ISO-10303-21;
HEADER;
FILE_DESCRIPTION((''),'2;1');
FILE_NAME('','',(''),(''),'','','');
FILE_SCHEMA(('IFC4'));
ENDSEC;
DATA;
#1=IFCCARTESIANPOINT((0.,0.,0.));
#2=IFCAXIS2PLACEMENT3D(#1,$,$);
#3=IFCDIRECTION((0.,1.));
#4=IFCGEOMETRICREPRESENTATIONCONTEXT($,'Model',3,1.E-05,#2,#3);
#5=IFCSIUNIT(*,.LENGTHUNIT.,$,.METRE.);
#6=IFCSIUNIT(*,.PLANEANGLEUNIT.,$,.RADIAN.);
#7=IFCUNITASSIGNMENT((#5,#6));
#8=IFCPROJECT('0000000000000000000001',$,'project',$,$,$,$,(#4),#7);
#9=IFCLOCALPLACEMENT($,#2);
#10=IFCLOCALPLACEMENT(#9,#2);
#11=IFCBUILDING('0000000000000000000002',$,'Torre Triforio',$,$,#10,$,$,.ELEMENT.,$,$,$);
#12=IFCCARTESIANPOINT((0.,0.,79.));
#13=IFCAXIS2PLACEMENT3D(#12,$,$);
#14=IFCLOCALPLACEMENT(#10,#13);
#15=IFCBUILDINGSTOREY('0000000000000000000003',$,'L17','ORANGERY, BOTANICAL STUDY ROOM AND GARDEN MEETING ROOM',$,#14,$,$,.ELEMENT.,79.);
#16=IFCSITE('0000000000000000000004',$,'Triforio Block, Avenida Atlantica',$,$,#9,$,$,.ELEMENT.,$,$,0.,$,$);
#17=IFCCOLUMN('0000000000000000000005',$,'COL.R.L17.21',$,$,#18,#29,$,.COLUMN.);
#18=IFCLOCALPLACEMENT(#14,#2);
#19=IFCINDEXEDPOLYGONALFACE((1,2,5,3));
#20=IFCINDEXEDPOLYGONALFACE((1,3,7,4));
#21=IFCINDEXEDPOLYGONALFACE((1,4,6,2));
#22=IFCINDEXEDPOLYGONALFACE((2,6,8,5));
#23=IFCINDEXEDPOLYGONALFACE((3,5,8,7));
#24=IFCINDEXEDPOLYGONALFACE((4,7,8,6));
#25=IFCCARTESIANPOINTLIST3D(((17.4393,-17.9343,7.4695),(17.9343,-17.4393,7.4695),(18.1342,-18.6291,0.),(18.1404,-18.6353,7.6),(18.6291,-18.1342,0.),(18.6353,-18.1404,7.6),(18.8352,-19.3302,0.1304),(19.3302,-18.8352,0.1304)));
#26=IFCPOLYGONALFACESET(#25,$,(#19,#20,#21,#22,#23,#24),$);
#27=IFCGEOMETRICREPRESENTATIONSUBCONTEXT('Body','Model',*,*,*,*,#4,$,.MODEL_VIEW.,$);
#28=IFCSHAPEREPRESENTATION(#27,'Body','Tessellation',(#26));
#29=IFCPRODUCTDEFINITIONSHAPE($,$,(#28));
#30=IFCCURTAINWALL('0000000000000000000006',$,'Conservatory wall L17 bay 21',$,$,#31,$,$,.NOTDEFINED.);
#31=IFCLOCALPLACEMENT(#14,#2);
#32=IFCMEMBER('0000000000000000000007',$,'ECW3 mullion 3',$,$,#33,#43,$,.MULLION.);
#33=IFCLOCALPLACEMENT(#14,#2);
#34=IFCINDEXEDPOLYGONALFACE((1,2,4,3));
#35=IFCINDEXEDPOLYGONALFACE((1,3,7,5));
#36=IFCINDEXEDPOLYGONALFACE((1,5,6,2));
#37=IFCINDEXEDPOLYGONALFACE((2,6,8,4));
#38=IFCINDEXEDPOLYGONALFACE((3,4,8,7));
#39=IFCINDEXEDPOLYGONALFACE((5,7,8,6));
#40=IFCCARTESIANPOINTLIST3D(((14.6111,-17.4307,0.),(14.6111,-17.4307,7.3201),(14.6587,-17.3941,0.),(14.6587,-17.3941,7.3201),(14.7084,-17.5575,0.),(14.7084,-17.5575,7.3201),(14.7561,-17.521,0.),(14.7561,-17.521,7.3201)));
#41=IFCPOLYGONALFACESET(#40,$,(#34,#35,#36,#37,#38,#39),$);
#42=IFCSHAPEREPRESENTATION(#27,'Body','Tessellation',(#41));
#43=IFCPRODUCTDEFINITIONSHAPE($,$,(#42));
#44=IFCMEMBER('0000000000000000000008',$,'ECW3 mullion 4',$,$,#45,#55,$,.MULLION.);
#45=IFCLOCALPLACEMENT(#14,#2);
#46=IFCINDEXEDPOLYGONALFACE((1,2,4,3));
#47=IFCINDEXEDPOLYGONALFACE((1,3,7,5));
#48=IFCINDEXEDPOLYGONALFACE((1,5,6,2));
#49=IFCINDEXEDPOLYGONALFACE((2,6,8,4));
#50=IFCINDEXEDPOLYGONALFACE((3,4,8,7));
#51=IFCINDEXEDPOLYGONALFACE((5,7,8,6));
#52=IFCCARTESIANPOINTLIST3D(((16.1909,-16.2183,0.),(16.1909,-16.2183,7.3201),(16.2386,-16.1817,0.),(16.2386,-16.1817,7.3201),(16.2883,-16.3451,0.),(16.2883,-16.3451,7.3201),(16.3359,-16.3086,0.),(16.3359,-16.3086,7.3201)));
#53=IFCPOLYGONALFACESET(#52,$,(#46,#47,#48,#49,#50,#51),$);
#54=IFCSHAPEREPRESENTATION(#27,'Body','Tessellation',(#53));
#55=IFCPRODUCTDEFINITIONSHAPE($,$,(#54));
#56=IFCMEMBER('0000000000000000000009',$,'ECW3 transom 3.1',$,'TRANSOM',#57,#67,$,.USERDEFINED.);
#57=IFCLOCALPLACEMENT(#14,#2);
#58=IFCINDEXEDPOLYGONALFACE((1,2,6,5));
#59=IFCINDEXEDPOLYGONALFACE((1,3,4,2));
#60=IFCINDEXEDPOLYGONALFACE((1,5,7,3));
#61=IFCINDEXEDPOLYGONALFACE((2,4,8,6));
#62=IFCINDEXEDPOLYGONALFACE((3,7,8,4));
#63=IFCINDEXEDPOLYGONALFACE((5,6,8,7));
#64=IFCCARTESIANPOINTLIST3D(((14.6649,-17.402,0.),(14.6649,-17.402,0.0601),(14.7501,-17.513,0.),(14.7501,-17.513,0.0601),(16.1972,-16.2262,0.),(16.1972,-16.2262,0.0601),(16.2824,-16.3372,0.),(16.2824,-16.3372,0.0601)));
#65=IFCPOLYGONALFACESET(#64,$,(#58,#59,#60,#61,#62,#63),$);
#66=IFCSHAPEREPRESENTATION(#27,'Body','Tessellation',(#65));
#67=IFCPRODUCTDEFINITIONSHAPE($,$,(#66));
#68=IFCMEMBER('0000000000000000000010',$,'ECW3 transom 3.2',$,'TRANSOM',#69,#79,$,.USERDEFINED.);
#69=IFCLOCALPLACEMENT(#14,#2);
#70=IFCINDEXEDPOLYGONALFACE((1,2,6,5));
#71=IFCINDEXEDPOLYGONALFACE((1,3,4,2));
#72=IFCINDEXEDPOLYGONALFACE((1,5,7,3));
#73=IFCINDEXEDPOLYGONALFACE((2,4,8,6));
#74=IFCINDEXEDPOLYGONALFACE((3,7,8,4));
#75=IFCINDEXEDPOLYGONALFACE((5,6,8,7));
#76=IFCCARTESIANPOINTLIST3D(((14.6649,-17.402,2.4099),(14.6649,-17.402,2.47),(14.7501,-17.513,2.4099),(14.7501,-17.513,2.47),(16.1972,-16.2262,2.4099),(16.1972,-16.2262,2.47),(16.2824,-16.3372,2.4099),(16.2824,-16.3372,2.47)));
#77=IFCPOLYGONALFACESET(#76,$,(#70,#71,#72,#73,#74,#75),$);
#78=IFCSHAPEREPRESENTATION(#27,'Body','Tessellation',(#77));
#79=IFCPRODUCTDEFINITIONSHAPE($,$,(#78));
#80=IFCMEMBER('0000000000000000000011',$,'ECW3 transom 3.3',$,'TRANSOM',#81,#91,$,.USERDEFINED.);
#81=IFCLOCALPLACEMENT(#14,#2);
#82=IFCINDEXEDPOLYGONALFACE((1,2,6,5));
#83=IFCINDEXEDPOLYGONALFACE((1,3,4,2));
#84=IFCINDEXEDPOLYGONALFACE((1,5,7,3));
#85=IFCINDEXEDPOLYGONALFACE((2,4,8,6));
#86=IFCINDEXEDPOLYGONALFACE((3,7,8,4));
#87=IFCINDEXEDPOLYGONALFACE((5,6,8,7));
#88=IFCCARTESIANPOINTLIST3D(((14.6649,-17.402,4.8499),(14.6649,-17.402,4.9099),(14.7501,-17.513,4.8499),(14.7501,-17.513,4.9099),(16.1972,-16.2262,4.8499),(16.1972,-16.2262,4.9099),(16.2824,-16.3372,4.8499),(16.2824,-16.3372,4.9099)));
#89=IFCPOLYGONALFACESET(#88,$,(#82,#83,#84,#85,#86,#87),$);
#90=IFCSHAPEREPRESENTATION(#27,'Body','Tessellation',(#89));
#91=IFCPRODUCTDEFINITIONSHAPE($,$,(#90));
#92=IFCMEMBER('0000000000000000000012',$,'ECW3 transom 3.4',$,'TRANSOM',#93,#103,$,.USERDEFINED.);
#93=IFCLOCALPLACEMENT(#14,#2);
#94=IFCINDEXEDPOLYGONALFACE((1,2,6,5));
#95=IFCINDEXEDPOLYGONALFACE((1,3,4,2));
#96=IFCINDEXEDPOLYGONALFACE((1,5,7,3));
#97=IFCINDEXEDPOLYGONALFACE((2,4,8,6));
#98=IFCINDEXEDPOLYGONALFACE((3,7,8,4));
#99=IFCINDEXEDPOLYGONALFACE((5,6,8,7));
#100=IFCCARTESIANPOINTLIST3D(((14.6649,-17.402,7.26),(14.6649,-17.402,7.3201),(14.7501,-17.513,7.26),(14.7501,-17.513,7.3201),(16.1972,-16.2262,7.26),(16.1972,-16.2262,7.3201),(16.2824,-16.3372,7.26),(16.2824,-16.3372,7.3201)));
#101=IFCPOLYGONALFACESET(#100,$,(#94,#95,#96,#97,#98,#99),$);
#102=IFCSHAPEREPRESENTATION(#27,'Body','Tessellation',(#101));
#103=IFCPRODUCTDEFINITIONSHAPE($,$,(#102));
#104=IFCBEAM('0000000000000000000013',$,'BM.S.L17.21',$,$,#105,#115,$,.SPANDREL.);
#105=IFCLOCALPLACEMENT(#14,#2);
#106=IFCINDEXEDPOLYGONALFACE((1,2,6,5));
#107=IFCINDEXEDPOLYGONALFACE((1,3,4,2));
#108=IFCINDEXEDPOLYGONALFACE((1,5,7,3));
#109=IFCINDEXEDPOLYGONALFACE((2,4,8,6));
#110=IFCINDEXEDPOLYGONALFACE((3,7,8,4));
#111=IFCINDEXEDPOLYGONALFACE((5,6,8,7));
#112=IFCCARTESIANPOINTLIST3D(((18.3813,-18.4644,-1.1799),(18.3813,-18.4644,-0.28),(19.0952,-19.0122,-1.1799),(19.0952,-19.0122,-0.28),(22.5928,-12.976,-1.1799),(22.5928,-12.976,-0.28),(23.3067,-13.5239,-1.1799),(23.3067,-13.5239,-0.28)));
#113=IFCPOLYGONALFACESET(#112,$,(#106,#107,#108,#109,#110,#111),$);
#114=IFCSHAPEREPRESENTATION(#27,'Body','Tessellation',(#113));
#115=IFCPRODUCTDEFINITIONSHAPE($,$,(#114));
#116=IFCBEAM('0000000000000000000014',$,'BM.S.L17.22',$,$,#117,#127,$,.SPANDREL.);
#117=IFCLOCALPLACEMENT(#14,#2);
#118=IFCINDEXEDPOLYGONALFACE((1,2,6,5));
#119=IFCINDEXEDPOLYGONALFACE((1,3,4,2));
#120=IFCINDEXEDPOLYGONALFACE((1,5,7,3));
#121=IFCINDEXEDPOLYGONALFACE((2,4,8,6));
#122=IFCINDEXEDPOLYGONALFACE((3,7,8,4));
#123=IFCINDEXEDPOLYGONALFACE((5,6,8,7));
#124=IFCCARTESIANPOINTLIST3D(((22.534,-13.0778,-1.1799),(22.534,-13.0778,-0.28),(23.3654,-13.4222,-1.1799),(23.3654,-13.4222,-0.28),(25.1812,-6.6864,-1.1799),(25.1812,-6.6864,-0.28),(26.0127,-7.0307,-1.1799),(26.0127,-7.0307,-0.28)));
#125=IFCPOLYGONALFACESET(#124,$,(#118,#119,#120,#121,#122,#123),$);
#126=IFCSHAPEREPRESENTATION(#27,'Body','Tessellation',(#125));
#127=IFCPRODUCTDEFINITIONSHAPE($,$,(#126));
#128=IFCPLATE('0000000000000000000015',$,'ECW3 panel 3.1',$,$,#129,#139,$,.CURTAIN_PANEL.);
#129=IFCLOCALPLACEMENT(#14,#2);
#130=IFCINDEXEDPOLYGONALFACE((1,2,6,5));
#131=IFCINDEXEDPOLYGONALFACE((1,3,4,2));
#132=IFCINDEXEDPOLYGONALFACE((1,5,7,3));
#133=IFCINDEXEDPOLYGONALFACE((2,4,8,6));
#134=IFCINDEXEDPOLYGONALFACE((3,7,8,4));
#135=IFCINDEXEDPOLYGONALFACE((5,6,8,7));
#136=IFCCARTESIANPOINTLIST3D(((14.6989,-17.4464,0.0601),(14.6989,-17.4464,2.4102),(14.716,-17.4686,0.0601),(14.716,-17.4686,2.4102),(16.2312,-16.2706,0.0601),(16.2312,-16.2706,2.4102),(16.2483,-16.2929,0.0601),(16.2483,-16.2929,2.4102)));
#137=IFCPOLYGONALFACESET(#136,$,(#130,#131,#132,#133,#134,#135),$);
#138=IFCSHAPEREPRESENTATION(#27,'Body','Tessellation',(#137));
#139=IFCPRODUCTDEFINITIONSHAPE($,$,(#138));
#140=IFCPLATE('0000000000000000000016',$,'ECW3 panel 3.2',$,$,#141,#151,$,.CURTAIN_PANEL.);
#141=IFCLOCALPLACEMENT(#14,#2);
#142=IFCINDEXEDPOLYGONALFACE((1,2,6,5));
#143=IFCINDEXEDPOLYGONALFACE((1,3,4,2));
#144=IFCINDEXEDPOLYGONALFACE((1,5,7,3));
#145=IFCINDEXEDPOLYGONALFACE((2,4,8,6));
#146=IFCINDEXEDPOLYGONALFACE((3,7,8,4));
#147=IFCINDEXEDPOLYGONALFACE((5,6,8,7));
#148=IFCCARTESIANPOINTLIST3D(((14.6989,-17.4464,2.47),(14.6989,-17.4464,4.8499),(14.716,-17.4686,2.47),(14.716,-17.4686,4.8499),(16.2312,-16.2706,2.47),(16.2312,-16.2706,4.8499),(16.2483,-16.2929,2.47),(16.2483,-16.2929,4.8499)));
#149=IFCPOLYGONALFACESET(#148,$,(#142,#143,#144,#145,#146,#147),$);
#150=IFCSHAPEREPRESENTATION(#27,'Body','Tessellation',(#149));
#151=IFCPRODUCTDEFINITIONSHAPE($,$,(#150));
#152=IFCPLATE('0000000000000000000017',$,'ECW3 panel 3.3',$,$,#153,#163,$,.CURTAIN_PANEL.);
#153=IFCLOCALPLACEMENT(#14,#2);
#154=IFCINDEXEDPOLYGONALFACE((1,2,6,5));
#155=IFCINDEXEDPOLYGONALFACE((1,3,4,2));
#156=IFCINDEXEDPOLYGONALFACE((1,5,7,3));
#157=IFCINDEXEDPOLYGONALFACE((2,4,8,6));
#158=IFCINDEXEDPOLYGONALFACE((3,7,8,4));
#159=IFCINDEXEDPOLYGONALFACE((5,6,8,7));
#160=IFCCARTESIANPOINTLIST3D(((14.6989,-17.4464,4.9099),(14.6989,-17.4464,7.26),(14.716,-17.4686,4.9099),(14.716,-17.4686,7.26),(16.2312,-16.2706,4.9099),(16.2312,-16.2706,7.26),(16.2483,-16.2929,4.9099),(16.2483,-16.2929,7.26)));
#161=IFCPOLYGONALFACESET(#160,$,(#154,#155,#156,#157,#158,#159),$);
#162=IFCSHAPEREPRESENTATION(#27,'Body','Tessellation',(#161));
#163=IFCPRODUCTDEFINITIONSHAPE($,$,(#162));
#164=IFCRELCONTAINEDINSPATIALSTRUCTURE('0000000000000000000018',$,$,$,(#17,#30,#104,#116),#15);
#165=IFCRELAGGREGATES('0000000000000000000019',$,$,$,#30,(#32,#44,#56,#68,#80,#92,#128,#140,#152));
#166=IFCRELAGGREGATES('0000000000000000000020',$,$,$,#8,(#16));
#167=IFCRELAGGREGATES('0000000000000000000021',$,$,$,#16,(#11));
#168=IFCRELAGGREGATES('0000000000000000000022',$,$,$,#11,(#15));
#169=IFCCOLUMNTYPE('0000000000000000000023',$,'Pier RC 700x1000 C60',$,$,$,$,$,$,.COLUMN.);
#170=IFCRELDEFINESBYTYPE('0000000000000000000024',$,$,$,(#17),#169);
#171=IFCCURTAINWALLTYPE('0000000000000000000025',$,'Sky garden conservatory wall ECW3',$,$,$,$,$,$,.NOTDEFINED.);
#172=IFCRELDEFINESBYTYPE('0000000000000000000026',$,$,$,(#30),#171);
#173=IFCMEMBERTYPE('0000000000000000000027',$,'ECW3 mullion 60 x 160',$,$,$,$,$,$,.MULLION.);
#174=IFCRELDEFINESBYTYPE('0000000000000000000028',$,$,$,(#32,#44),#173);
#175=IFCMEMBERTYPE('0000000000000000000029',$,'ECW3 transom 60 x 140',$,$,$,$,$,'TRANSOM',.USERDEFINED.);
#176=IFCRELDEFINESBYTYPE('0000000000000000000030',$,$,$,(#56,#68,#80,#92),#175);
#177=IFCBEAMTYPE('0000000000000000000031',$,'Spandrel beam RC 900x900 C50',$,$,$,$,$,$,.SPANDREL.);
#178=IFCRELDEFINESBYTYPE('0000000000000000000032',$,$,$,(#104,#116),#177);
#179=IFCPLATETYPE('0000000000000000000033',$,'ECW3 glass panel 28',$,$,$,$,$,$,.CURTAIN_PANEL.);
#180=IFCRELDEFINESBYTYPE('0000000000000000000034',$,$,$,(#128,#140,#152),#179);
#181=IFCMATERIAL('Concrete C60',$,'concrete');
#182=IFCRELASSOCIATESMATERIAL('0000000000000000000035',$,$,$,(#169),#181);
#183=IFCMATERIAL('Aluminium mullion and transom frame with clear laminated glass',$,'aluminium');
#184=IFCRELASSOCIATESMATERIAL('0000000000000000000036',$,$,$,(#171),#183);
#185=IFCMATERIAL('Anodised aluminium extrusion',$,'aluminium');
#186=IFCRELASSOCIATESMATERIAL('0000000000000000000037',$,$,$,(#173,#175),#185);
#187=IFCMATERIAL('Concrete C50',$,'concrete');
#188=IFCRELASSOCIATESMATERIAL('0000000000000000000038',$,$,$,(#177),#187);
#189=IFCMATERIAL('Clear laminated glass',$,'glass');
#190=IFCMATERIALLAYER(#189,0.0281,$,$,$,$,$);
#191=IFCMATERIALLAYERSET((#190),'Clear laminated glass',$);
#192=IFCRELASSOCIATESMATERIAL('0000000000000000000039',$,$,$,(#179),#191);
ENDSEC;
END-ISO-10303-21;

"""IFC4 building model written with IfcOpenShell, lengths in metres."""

from ifc_helpers import new_model, si_unit, direction, frame, origin, origin_2d, place, context, subcontext, project, spatial, rectangle, extrude, material, layer, layer_set, material_profile, profile_set, type_object, element, aggregate, save


model = new_model("IFC4")

# Units and contexts
model_context = context("Model", 3, precision=1e-05, world=origin(), true_north=direction((0.0, 1.0)))
body_context = subcontext(model_context, "Body", "Model", "MODEL_VIEW")
ifc_project = project(units=[si_unit("LENGTHUNIT", "METRE"), si_unit("PLANEANGLEUNIT", "RADIAN")], contexts=[model_context])

# Site, building, storey
site_placement = place(None, origin())
site = spatial("IfcSite", under=ifc_project, at=site_placement, Name="Triforio Block, Avenida Atlantica", CompositionType="ELEMENT", RefElevation=0.0)
building_placement = place(site_placement, origin())
building = spatial("IfcBuilding", under=site, at=building_placement, Name="Torre Triforio", CompositionType="ELEMENT")
storey_placement = place(building_placement, frame((0.0, 0.0, 79.0)))
storey = spatial("IfcBuildingStorey", under=building, at=storey_placement, Name="L17", Description="ORANGERY, BOTANICAL STUDY ROOM AND GARDEN MEETING ROOM", CompositionType="ELEMENT", Elevation=79.0)

# Column
ifc_material_1 = material(Name="Concrete C60", Category="concrete")
ifc_material_profile_1 = material_profile(ifc_material_1, rectangle(XDim=0.7, YDim=1.0, at=origin_2d()), Name="RC 700x1000")
ifc_profile_set_1 = profile_set([ifc_material_profile_1], Name="Concrete C60")
column_type = type_object("IfcColumnType", Name="Pier RC 700x1000 C60", PredefinedType="COLUMN", material=ifc_profile_set_1)
column_placement = place(storey_placement, frame((18.7322, -18.7322, 0.0652), z_axis=(-0.092227, 0.092227, 0.991458), x_axis=(-0.707107, -0.707107, 0.0)))
element("IfcColumn", 1, at=column_placement, inside=storey, type_object=column_type, Name="COL.R.L17.21", PredefinedType="COLUMN", context=body_context, shape_type="SweptSolid", body=[
    extrude(rectangle(XDim=0.7, YDim=1.0, at=origin_2d()), origin(), (0.0, 0.0, 1.0), 7.5339),
])

# Curtain wall, members
ifc_material_2 = material(Name="Aluminium mullion and transom frame with clear laminated glass", Category="aluminium")
curtain_wall_type = type_object("IfcCurtainWallType", Name="Sky garden conservatory wall ECW3", PredefinedType="NOTDEFINED", material=ifc_material_2)
curtain_wall_placement = place(storey_placement, origin())
curtain_wall = element("IfcCurtainWall", 2, at=curtain_wall_placement, inside=storey, type_object=curtain_wall_type, Name="Conservatory wall L17 bay 21", PredefinedType="NOTDEFINED")
ifc_material_3 = material(Name="Anodised aluminium extrusion", Category="aluminium")
ifc_material_profile_2 = material_profile(ifc_material_3, rectangle(XDim=0.1599, YDim=0.0601, at=origin_2d()), Name="ECW3 MULLION 60x160")
ifc_profile_set_2 = profile_set([ifc_material_profile_2], Name="Anodised aluminium extrusion")
member_type_1 = type_object("IfcMemberType", Name="ECW3 mullion 60 x 160", PredefinedType="MULLION", material=ifc_profile_set_2)
member_1_placement = place(storey_placement, frame((14.6836, -17.4758, 0.0), z_axis=(0.0, 0.0, 1.0), x_axis=(-0.608752, 0.79336, 0.0)))
member_1 = element("IfcMember", 3, at=member_1_placement, type_object=member_type_1, Name="ECW3 mullion 3", PredefinedType="MULLION", context=body_context, shape_type="SweptSolid", body=[
    extrude(rectangle(XDim=0.1599, YDim=0.0601, at=origin_2d()), origin(), (0.0, 0.0, 1.0), 7.3201),
])
member_2_placement = place(storey_placement, frame((16.2634, -16.2634, 0.0), z_axis=(0.0, 0.0, 1.0), x_axis=(-0.608752, 0.79336, 0.0)))
member_2 = element("IfcMember", 4, at=member_2_placement, type_object=member_type_1, Name="ECW3 mullion 4", PredefinedType="MULLION", context=body_context, shape_type="SweptSolid", body=[
    extrude(rectangle(XDim=0.1599, YDim=0.0601, at=origin_2d()), origin(), (0.0, 0.0, 1.0), 7.3201),
])
ifc_material_profile_3 = material_profile(ifc_material_3, rectangle(XDim=0.1399, YDim=0.0601, at=origin_2d()), Name="ECW3 TRANSOM 60x140")
ifc_profile_set_3 = profile_set([ifc_material_profile_3], Name="Anodised aluminium extrusion")
member_type_2 = type_object("IfcMemberType", Name="ECW3 transom 60 x 140", ElementType="TRANSOM", PredefinedType="USERDEFINED", material=ifc_profile_set_3)
member_3_placement = place(storey_placement, frame((14.7075, -17.4575, 0.03), z_axis=(0.793338, 0.608782, 0.0), x_axis=(-0.608782, 0.793338, 0.0)))
member_3 = element("IfcMember", 5, at=member_3_placement, type_object=member_type_2, Name="ECW3 transom 3.1", ObjectType="TRANSOM", PredefinedType="USERDEFINED", context=body_context, shape_type="SweptSolid", body=[
    extrude(rectangle(XDim=0.1399, YDim=0.0601, at=origin_2d()), origin(), (0.0, 0.0, 1.0), 1.9314),
])
member_4_placement = place(storey_placement, frame((14.7075, -17.4575, 2.4399), z_axis=(0.793338, 0.608782, 0.0), x_axis=(-0.608782, 0.793338, 0.0)))
member_4 = element("IfcMember", 6, at=member_4_placement, type_object=member_type_2, Name="ECW3 transom 3.2", ObjectType="TRANSOM", PredefinedType="USERDEFINED", context=body_context, shape_type="SweptSolid", body=[
    extrude(rectangle(XDim=0.1399, YDim=0.0601, at=origin_2d()), origin(), (0.0, 0.0, 1.0), 1.9314),
])
member_5_placement = place(storey_placement, frame((14.7075, -17.4575, 4.8799), z_axis=(0.793338, 0.608782, 0.0), x_axis=(-0.608782, 0.793338, 0.0)))
member_5 = element("IfcMember", 7, at=member_5_placement, type_object=member_type_2, Name="ECW3 transom 3.3", ObjectType="TRANSOM", PredefinedType="USERDEFINED", context=body_context, shape_type="SweptSolid", body=[
    extrude(rectangle(XDim=0.1399, YDim=0.0601, at=origin_2d()), origin(), (0.0, 0.0, 1.0), 1.9314),
])
member_6_placement = place(storey_placement, frame((14.7075, -17.4575, 7.29), z_axis=(0.793338, 0.608782, 0.0), x_axis=(-0.608782, 0.793338, 0.0)))
member_6 = element("IfcMember", 8, at=member_6_placement, type_object=member_type_2, Name="ECW3 transom 3.4", ObjectType="TRANSOM", PredefinedType="USERDEFINED", context=body_context, shape_type="SweptSolid", body=[
    extrude(rectangle(XDim=0.1399, YDim=0.0601, at=origin_2d()), origin(), (0.0, 0.0, 1.0), 1.9314),
])

# Beams
ifc_material_4 = material(Name="Concrete C50", Category="concrete")
ifc_material_profile_4 = material_profile(ifc_material_4, rectangle(XDim=0.8999, YDim=0.8999, at=origin_2d()), Name="RC 900x900")
ifc_profile_set_4 = profile_set([ifc_material_profile_4], Name="Concrete C50")
beam_type = type_object("IfcBeamType", Name="Spandrel beam RC 900x900 C50", PredefinedType="SPANDREL", material=ifc_profile_set_4)
for number, where, z_axis, x_axis, name in (
    (9, (18.7383, -18.7383, -0.73), (0.608772, 0.793345, 0.0), (-0.793345, 0.608772, 0.0), "BM.S.L17.21"),
    (10, (22.9497, -13.25, -0.73), (0.382662, 0.923888, 0.0), (-0.923888, 0.382662, 0.0), "BM.S.L17.22"),
):
    element("IfcBeam", number, at=place(storey_placement, frame(where, z_axis=z_axis, x_axis=x_axis)), inside=storey, type_object=beam_type, Name=name, PredefinedType="SPANDREL", context=body_context, shape_type="SweptSolid", body=[
        extrude(rectangle(XDim=0.8999, YDim=0.8999, at=origin_2d()), origin(), (0.0, 0.0, 1.0), 6.918),
    ])

# Plates
ifc_material_5 = material(Name="Clear laminated glass", Category="glass")
ifc_layer_1 = layer(ifc_material_5, 0.0281)
ifc_layer_set_1 = layer_set([ifc_layer_1], Name="Clear laminated glass")
plate_type = type_object("IfcPlateType", Name="ECW3 glass panel 28", PredefinedType="CURTAIN_PANEL", material=ifc_layer_set_1)
plate_1_placement = place(storey_placement, frame((15.4736, -16.8696, 0.0601), z_axis=(0.0, 0.0, 1.0), x_axis=(0.79336, 0.608752, 0.0)))
plate_1 = element("IfcPlate", 11, at=plate_1_placement, type_object=plate_type, Name="ECW3 panel 3.1", PredefinedType="CURTAIN_PANEL", context=body_context, shape_type="SweptSolid", body=[
    extrude(rectangle(XDim=1.9314, YDim=0.0281, at=origin_2d()), origin(), (0.0, 0.0, 1.0), 2.3501),
])
plate_2_placement = place(storey_placement, frame((15.4736, -16.8696, 2.47), z_axis=(0.0, 0.0, 1.0), x_axis=(0.79336, 0.608752, 0.0)))
plate_2 = element("IfcPlate", 12, at=plate_2_placement, type_object=plate_type, Name="ECW3 panel 3.2", PredefinedType="CURTAIN_PANEL", context=body_context, shape_type="SweptSolid", body=[
    extrude(rectangle(XDim=1.9314, YDim=0.0281, at=origin_2d()), origin(), (0.0, 0.0, 1.0), 2.3799),
])
plate_3_placement = place(storey_placement, frame((15.4736, -16.8696, 4.9099), z_axis=(0.0, 0.0, 1.0), x_axis=(0.79336, 0.608752, 0.0)))
plate_3 = element("IfcPlate", 13, at=plate_3_placement, type_object=plate_type, Name="ECW3 panel 3.3", PredefinedType="CURTAIN_PANEL", context=body_context, shape_type="SweptSolid", body=[
    extrude(rectangle(XDim=1.9314, YDim=0.0281, at=origin_2d()), origin(), (0.0, 0.0, 1.0), 2.3501),
])
aggregate(curtain_wall, [member_1, member_2, member_3, member_4, member_5, member_6, plate_1, plate_2, plate_3])

save(model, "model.ifc")
